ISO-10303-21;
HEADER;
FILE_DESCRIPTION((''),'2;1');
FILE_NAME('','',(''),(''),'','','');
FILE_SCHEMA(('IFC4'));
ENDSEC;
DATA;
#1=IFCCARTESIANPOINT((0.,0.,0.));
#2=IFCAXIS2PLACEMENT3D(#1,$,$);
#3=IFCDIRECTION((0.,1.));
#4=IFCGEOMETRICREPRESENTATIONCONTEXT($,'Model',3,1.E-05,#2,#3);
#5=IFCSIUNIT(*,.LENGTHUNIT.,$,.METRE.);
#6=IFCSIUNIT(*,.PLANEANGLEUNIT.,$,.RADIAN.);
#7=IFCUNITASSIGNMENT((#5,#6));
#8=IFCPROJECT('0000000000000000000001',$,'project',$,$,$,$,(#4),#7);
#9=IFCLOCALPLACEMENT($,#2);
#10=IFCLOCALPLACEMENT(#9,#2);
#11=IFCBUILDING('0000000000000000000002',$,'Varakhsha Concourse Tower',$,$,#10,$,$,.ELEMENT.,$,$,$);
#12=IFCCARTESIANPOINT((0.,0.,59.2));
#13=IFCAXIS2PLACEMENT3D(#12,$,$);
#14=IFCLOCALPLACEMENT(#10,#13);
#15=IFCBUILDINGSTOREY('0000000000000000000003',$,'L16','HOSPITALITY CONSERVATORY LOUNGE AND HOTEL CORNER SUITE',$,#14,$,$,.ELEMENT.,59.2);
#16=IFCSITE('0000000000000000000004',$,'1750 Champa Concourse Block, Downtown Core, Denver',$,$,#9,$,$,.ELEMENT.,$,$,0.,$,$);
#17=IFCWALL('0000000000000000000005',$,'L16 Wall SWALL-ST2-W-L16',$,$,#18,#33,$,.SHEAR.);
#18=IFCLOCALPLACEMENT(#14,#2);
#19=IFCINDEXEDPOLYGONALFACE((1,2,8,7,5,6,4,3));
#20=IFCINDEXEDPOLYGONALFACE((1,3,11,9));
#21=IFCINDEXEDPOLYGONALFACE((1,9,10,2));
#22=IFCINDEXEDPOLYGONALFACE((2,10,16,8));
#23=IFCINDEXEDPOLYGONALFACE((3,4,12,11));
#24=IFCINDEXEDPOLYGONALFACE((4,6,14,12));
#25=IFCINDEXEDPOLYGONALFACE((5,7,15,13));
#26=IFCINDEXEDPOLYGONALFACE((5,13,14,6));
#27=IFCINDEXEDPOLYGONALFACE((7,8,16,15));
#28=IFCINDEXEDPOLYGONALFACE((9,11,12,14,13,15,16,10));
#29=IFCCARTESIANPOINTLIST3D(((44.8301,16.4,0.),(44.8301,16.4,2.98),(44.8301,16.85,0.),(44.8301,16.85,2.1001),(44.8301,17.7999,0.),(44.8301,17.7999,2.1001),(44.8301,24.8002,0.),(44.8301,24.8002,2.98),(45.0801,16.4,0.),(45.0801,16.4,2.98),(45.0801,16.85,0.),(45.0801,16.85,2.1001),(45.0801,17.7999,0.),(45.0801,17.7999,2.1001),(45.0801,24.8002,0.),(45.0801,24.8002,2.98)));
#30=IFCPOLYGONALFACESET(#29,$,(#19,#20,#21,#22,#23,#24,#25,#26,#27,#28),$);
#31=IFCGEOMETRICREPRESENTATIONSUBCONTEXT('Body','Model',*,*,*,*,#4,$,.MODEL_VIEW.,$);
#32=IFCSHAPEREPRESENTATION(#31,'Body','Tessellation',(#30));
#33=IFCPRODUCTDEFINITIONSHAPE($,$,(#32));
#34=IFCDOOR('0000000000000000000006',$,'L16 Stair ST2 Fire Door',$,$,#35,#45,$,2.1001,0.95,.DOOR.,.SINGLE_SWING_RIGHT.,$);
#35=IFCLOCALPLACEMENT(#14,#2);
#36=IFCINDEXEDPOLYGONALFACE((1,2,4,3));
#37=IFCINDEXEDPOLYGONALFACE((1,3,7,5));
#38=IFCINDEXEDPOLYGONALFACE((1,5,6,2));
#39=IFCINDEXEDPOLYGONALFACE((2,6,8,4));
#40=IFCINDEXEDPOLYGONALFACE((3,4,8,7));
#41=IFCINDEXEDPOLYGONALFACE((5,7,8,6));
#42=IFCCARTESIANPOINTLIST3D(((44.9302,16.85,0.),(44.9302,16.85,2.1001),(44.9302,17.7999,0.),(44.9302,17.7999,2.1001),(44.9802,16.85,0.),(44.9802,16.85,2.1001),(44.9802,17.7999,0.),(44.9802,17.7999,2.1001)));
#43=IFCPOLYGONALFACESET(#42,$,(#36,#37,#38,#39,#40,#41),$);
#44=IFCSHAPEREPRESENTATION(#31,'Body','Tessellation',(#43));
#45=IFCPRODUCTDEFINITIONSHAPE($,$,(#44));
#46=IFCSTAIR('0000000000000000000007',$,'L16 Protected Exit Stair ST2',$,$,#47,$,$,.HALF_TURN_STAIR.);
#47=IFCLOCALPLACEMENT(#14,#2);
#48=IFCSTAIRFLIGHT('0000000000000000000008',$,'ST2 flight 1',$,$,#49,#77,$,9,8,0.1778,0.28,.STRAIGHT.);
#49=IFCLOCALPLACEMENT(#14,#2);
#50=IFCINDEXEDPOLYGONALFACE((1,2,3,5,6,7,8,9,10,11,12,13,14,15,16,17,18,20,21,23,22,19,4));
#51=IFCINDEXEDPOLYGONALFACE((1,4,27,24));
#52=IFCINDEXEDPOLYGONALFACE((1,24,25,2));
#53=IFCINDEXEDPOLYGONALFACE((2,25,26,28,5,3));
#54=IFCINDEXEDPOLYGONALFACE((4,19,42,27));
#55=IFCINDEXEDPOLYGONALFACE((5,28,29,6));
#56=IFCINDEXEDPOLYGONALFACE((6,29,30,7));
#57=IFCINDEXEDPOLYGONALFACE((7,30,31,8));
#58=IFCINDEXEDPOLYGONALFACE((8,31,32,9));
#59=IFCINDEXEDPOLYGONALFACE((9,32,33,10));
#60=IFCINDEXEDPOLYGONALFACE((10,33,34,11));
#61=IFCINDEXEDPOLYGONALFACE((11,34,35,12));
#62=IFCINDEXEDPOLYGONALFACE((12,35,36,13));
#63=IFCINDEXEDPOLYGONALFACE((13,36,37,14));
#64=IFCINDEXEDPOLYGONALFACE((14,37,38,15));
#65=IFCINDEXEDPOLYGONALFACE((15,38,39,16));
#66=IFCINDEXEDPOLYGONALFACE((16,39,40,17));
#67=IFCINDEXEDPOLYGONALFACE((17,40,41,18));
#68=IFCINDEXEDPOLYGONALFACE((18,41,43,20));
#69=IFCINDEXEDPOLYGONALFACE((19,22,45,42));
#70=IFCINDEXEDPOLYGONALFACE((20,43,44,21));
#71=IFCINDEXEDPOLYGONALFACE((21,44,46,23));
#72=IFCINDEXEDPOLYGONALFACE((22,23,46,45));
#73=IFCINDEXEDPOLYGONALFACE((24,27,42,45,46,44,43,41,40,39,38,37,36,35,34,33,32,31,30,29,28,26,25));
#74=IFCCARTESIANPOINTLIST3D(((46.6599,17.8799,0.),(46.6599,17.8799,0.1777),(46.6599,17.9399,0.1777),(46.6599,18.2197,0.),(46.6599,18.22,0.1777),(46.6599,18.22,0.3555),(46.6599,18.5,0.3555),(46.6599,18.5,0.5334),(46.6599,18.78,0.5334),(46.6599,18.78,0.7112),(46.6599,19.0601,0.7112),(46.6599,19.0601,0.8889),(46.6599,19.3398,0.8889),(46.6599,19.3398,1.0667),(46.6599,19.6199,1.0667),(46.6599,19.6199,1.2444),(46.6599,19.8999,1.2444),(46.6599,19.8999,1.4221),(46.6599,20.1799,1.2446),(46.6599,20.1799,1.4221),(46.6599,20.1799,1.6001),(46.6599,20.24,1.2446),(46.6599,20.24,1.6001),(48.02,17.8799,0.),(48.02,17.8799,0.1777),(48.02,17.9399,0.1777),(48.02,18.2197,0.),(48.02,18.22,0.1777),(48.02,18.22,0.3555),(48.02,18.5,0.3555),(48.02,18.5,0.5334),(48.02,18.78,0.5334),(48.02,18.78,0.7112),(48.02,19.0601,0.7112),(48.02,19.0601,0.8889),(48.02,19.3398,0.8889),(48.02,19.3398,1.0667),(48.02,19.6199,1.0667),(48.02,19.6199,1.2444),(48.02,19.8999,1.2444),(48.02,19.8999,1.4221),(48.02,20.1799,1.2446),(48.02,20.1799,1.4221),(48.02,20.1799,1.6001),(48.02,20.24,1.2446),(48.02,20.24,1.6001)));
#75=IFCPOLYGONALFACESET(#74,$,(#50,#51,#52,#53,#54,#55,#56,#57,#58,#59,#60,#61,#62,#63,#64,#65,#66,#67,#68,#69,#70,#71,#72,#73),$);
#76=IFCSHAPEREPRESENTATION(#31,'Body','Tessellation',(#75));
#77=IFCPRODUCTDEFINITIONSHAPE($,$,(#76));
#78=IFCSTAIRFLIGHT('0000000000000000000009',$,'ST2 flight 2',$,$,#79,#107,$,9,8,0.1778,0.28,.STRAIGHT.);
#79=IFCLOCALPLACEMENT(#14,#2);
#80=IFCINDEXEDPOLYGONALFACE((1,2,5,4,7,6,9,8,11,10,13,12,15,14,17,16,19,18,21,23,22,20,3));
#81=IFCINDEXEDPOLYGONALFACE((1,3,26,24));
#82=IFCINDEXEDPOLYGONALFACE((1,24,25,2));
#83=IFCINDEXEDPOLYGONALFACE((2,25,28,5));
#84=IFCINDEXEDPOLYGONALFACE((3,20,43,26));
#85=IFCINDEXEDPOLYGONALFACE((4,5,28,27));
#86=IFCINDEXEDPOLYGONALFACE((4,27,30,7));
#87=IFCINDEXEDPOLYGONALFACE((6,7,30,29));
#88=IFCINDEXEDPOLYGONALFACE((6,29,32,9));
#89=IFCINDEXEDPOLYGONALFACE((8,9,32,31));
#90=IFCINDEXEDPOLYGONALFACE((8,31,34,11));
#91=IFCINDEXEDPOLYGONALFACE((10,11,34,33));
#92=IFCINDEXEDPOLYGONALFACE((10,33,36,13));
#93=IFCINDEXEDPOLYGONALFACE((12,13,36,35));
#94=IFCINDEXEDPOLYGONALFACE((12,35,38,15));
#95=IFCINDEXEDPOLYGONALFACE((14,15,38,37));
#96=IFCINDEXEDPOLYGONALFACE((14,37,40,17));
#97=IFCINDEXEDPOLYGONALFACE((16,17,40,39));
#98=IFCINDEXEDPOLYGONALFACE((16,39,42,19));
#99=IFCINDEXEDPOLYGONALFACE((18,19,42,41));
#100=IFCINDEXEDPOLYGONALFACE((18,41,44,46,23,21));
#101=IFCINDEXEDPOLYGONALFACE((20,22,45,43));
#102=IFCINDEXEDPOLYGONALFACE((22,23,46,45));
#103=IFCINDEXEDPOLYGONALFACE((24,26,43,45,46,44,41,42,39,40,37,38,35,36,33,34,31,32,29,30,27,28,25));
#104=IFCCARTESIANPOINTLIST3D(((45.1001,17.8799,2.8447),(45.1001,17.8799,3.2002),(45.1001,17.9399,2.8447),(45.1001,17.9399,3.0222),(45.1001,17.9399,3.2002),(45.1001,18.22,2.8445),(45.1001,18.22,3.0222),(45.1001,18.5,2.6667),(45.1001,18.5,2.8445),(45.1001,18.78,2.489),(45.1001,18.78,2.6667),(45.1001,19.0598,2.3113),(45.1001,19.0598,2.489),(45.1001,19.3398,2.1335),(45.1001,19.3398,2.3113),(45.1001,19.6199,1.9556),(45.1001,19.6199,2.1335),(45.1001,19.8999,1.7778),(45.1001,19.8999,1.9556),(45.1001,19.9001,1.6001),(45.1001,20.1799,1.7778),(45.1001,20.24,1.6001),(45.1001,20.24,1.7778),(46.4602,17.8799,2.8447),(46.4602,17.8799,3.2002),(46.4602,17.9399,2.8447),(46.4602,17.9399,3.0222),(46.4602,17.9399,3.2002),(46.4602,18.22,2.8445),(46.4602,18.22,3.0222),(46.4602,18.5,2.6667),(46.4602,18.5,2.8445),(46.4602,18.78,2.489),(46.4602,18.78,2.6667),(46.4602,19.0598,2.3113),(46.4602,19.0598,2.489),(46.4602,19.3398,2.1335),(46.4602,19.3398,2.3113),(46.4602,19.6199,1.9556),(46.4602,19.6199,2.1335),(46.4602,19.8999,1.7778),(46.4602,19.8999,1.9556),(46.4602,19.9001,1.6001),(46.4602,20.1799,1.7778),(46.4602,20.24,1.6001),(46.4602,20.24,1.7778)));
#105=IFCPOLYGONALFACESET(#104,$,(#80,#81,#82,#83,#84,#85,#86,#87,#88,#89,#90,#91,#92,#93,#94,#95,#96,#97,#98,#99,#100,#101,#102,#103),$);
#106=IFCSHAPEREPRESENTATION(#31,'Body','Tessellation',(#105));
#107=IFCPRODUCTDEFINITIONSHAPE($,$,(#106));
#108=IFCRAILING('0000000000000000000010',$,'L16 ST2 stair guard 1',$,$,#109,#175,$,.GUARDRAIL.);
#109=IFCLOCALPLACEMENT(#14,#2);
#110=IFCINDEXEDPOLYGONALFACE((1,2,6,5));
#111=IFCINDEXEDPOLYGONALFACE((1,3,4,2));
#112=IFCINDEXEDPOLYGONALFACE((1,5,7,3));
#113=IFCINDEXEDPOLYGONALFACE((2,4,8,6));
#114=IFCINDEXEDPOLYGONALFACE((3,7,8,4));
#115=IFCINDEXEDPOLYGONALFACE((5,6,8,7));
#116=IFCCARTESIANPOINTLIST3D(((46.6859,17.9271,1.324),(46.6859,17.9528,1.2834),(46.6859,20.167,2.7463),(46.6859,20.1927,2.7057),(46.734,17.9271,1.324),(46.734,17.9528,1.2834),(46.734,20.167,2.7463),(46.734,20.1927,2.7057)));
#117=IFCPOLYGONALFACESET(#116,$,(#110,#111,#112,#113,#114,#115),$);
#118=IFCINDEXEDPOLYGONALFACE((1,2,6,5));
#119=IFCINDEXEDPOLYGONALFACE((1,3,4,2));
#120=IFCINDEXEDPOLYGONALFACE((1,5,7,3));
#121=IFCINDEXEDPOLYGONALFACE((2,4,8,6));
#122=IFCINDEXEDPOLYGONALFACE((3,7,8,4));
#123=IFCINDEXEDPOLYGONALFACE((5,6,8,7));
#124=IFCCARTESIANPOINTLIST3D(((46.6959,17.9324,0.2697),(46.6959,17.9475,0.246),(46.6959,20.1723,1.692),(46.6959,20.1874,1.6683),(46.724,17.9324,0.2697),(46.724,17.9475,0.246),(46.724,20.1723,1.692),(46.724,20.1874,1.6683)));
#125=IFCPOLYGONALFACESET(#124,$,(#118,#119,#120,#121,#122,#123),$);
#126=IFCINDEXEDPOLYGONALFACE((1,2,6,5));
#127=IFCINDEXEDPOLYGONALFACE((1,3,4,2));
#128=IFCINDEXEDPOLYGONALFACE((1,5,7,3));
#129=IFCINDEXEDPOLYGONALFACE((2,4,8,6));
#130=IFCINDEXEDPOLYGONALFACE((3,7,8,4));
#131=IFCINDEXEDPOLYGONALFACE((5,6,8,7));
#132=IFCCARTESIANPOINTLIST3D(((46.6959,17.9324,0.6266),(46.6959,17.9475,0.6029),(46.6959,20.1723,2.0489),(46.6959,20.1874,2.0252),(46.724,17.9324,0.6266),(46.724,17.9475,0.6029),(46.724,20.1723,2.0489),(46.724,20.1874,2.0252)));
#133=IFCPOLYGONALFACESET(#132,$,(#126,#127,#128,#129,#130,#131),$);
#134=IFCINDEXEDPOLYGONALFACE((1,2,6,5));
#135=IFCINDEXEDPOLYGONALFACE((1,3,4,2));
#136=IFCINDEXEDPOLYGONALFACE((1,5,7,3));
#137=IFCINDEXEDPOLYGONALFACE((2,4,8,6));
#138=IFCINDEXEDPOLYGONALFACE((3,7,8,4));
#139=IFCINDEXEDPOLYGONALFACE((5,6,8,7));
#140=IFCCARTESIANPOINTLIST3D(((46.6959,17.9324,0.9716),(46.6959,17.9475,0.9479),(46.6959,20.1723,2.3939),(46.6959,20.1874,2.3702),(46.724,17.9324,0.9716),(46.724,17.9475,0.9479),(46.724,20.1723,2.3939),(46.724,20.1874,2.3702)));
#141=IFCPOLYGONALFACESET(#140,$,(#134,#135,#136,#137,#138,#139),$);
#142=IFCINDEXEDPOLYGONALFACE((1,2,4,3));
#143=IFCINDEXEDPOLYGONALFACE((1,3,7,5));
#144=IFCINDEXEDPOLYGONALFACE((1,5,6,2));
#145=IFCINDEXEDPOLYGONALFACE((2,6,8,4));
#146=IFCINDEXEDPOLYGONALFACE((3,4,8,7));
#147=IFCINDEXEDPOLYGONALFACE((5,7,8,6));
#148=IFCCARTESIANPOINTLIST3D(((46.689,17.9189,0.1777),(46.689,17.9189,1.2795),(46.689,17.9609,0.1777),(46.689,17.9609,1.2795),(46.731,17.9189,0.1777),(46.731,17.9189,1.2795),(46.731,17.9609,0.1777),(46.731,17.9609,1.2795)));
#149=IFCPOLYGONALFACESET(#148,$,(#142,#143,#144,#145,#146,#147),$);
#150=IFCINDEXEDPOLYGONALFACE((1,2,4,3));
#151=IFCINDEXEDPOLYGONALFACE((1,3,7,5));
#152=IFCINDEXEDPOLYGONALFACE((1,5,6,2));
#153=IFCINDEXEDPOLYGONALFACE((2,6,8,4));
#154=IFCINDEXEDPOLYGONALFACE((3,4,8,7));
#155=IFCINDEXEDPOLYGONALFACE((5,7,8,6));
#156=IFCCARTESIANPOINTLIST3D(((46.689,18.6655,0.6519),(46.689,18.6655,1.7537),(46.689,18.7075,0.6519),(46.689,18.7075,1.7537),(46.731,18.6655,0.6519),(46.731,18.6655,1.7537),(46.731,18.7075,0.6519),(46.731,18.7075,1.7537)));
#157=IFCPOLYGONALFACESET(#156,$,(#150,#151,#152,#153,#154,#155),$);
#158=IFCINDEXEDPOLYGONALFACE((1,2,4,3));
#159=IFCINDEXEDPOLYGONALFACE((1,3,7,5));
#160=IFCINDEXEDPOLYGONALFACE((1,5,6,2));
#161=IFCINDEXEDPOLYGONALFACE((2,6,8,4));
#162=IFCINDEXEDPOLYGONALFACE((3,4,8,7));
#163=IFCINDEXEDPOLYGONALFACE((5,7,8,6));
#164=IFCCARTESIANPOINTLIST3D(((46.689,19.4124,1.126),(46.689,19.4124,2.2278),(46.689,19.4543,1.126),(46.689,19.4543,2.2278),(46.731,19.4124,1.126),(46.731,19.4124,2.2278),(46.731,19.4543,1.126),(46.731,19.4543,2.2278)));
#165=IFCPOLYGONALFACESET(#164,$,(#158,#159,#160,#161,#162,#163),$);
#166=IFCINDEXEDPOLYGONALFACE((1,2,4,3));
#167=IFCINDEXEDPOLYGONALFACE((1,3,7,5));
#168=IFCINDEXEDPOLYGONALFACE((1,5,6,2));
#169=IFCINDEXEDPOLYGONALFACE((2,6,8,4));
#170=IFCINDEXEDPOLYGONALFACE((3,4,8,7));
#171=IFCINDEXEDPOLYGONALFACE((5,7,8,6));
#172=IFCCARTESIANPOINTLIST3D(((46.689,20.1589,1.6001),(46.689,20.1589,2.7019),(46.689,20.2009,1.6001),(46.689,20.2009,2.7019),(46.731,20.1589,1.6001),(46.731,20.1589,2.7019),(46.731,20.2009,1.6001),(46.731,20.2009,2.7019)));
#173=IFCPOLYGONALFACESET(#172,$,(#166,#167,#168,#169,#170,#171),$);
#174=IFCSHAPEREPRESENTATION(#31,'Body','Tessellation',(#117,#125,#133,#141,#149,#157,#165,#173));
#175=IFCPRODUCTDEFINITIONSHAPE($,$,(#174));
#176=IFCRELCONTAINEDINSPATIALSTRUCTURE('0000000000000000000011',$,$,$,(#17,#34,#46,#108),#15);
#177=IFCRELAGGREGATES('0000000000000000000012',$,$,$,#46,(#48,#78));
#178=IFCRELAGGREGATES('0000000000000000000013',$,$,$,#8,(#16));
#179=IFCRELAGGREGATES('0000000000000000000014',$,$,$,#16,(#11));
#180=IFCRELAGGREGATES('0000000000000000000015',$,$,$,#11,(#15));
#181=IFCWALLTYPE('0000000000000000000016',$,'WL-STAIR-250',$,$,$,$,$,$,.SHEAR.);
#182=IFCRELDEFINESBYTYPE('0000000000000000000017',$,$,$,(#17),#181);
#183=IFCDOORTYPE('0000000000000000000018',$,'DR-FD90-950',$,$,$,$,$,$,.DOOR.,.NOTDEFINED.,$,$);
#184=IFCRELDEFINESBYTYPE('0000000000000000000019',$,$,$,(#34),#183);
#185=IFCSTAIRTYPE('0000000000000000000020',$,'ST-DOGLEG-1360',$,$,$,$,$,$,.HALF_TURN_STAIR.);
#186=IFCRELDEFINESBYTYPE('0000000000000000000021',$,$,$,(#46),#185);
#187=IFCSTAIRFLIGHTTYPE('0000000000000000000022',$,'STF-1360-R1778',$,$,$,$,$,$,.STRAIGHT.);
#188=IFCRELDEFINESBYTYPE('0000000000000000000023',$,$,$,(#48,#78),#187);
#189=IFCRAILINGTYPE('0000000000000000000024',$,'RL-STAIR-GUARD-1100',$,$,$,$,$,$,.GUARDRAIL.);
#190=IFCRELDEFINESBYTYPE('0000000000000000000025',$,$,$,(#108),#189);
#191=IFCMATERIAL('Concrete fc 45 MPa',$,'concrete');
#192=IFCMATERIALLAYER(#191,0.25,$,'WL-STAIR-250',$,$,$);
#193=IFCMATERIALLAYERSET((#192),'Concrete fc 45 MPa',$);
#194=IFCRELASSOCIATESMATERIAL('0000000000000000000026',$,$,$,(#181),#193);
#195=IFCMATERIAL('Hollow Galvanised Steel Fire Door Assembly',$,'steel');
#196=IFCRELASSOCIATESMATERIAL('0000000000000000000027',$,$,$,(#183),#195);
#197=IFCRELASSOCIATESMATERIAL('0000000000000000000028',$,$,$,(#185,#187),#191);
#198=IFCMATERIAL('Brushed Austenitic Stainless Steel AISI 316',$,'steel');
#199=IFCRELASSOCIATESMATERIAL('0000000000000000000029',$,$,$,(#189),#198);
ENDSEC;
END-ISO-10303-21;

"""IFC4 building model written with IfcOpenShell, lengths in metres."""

from ifc_helpers import new_model, si_unit, direction, frame, frame_2d, origin, origin_2d, place, context, subcontext, project, spatial, polyline, rectangle, outline, extrude, material, layer, layer_set, type_object, element, fill, aggregate, save


model = new_model("IFC4")

# Units and contexts
model_context = context("Model", 3, precision=1e-05, world=origin(), true_north=direction((0.0, 1.0)))
body_context = subcontext(model_context, "Body", "Model", "MODEL_VIEW")
ifc_project = project(units=[si_unit("LENGTHUNIT", "METRE"), si_unit("PLANEANGLEUNIT", "RADIAN")], contexts=[model_context])

# Site, building, storey
site_placement = place(None, origin())
site = spatial("IfcSite", under=ifc_project, at=site_placement, Name="1750 Champa Concourse Block, Downtown Core, Denver", CompositionType="ELEMENT", RefElevation=0.0)
building_placement = place(site_placement, origin())
building = spatial("IfcBuilding", under=site, at=building_placement, Name="Varakhsha Concourse Tower", CompositionType="ELEMENT")
storey_placement = place(building_placement, frame((0.0, 0.0, 59.2)))
storey = spatial("IfcBuildingStorey", under=building, at=storey_placement, Name="L16", Description="HOSPITALITY CONSERVATORY LOUNGE AND HOTEL CORNER SUITE", CompositionType="ELEMENT", Elevation=59.2)

# Wall, opening, door
ifc_material_1 = material(Name="Concrete fc 45 MPa", Category="concrete")
ifc_layer_1 = layer(ifc_material_1, 0.25, Name="WL-STAIR-250")
ifc_layer_set_1 = layer_set([ifc_layer_1], Name="Concrete fc 45 MPa")
wall_type_1 = type_object("IfcWallType", Name="WL-STAIR-250", PredefinedType="SHEAR", material=ifc_layer_set_1)
wall_1_placement = place(storey_placement, frame((44.9551, 16.3999, 0.0), z_axis=(0.0, 0.0, 1.0), x_axis=(0.0, 1.0, 0.0)))
wall_1 = element("IfcWall", 1, at=wall_1_placement, inside=storey, type_object=wall_type_1, Name="L16 Wall SWALL-ST2-W-L16", PredefinedType="SHEAR", context=body_context, shape_type="SweptSolid", body=[
    extrude(rectangle(XDim=8.4001, YDim=0.25, at=frame_2d((4.2002, 0.0))), origin(), (0.0, 0.0, 1.0), 2.98),
])
opening_1_placement = place(wall_1_placement, frame((0.45, 0.0, 0.0)))
opening_1 = element("IfcOpeningElement", 2, at=opening_1_placement, cuts=wall_1, PredefinedType="OPENING", context=body_context, shape_type="SweptSolid", body=[
    extrude(rectangle(XDim=0.95, YDim=2.1001, at=frame_2d((0.4751, 1.05))), frame((0.0, 0.135, 0.0), z_axis=(0.0, -1.0, 0.0), x_axis=(1.0, 0.0, 0.0)), (0.0, 0.0, 1.0), 0.27),
])
ifc_material_2 = material(Name="Hollow Galvanised Steel Fire Door Assembly", Category="steel")
door_type_1 = type_object("IfcDoorType", Name="DR-FD90-950", OperationType="NOTDEFINED", PredefinedType="DOOR", material=ifc_material_2)
door_1_placement = place(opening_1_placement, origin())
door_1 = element("IfcDoor", 3, at=door_1_placement, inside=storey, type_object=door_type_1, Name="L16 Stair ST2 Fire Door", OperationType="SINGLE_SWING_RIGHT", OverallHeight=2.1001, OverallWidth=0.95, PredefinedType="DOOR", context=body_context, shape_type="SweptSolid", body=[
    extrude(rectangle(XDim=0.95, YDim=2.1001, at=frame_2d((0.4751, 1.05))), frame((0.0, 0.0249, 0.0), z_axis=(0.0, -1.0, 0.0), x_axis=(1.0, 0.0, 0.0)), (0.0, 0.0, 1.0), 0.05),
])
fill(opening_1, door_1)

# Stair, stair flights
stair_type = type_object("IfcStairType", Name="ST-DOGLEG-1360", PredefinedType="HALF_TURN_STAIR", material=ifc_material_1)
stair_placement = place(storey_placement, origin())
stair = element("IfcStair", 4, at=stair_placement, inside=storey, type_object=stair_type, Name="L16 Protected Exit Stair ST2", PredefinedType="HALF_TURN_STAIR")
stair_flight_type = type_object("IfcStairFlightType", Name="STF-1360-R1778", PredefinedType="STRAIGHT", material=ifc_material_1)
stair_flight_1_placement = place(storey_placement, frame((47.3401, 17.9399, 0.0), z_axis=(0.0, 0.0, 1.0), x_axis=(0.0, 1.0, 0.0)))
stair_flight_1 = element("IfcStairFlight", 5, at=stair_flight_1_placement, type_object=stair_flight_type, Name="ST2 flight 1", NumberOfRisers=9, NumberOfTreads=8, PredefinedType="STRAIGHT", RiserHeight=0.1778, TreadLength=0.28, context=body_context, shape_type="SweptSolid", body=[
    extrude(outline(polyline([(-0.0601, 0.0), (-0.0601, 0.1777), (0.0, 0.1777), (0.28, 0.1777), (0.28, 0.3555), (0.5601, 0.3555), (0.5601, 0.5334), (0.8401, 0.5334), (0.8401, 0.7112), (1.1201, 0.7112), (1.1201, 0.8889), (1.3999, 0.8889), (1.3999, 1.0667), (1.6799, 1.0667), (1.6799, 1.2444), (1.96, 1.2444), (1.96, 1.4221), (2.24, 1.4221), (2.24, 1.6001), (2.3, 1.6001), (2.3, 1.2446), (2.24, 1.2446), (0.2798, 0.0), (-0.0601, 0.0)])), frame((0.0, 0.6802, 0.0), z_axis=(0.0, -1.0, 0.0), x_axis=(1.0, 0.0, 0.0)), (0.0, 0.0, 1.0), 1.3601),
])
stair_flight_2_placement = place(storey_placement, frame((45.78, 20.1799, 1.6001), z_axis=(0.0, 0.0, 1.0), x_axis=(0.0, -1.0, 0.0)))
stair_flight_2 = element("IfcStairFlight", 6, at=stair_flight_2_placement, type_object=stair_flight_type, Name="ST2 flight 2", NumberOfRisers=9, NumberOfTreads=8, PredefinedType="STRAIGHT", RiserHeight=0.1778, TreadLength=0.28, context=body_context, shape_type="SweptSolid", body=[
    extrude(outline(polyline([(-0.0601, 0.0), (-0.0601, 0.1777), (0.0, 0.1777), (0.28, 0.1777), (0.28, 0.3555), (0.5601, 0.3555), (0.5601, 0.5334), (0.8401, 0.5334), (0.8401, 0.7112), (1.1201, 0.7112), (1.1201, 0.8889), (1.3999, 0.8889), (1.3999, 1.0667), (1.6799, 1.0667), (1.6799, 1.2444), (1.96, 1.2444), (1.96, 1.4221), (2.24, 1.4221), (2.24, 1.6001), (2.3, 1.6001), (2.3, 1.2446), (2.24, 1.2446), (0.2798, 0.0), (-0.0601, 0.0)])), frame((0.0, 0.6802, 0.0), z_axis=(0.0, -1.0, 0.0), x_axis=(1.0, 0.0, 0.0)), (0.0, 0.0, 1.0), 1.3601),
])
aggregate(stair, [stair_flight_1, stair_flight_2])

# Railing
ifc_material_3 = material(Name="Brushed Austenitic Stainless Steel AISI 316", Category="steel")
railing_type_1 = type_object("IfcRailingType", Name="RL-STAIR-GUARD-1100", PredefinedType="GUARDRAIL", material=ifc_material_3)
railing_1_placement = place(storey_placement, frame((46.71, 17.9399, 0.1777)))
element("IfcRailing", 7, at=railing_1_placement, inside=storey, type_object=railing_type_1, Name="L16 ST2 stair guard 1", PredefinedType="GUARDRAIL", context=body_context, shape_type="SweptSolid", body=[
    extrude(rectangle(XDim=0.0481, YDim=0.0481, at=origin_2d()), frame((0.0, 0.0, 1.126), z_axis=(0.0, 0.844188, 0.536048), x_axis=(-1.0, 0.0, 0.0)), (0.0, 0.0, 1.0), 2.6533),
    extrude(rectangle(XDim=0.0281, YDim=0.0281, at=origin_2d()), frame((0.0, 0.0, 0.0801), z_axis=(0.0, 0.844188, 0.536048), x_axis=(-1.0, 0.0, 0.0)), (0.0, 0.0, 1.0), 2.6533),
    extrude(rectangle(XDim=0.0281, YDim=0.0281, at=origin_2d()), frame((0.0, 0.0, 0.437), z_axis=(0.0, 0.844188, 0.536048), x_axis=(-1.0, 0.0, 0.0)), (0.0, 0.0, 1.0), 2.6533),
    extrude(rectangle(XDim=0.0281, YDim=0.0281, at=origin_2d()), frame((0.0, 0.0, 0.782), z_axis=(0.0, 0.844188, 0.536048), x_axis=(-1.0, 0.0, 0.0)), (0.0, 0.0, 1.0), 2.6533),
    extrude(rectangle(XDim=0.042, YDim=0.042, at=origin_2d()), origin(), (0.0, 0.0, 1.0), 1.1018),
    extrude(rectangle(XDim=0.042, YDim=0.042, at=origin_2d()), frame((0.0, 0.7466, 0.4741)), (0.0, 0.0, 1.0), 1.1018),
    extrude(rectangle(XDim=0.042, YDim=0.042, at=origin_2d()), frame((0.0, 1.4934, 0.9482)), (0.0, 0.0, 1.0), 1.1018),
    extrude(rectangle(XDim=0.042, YDim=0.042, at=origin_2d()), frame((0.0, 2.24, 1.4224)), (0.0, 0.0, 1.0), 1.1018),
])

save(model, "model.ifc")
